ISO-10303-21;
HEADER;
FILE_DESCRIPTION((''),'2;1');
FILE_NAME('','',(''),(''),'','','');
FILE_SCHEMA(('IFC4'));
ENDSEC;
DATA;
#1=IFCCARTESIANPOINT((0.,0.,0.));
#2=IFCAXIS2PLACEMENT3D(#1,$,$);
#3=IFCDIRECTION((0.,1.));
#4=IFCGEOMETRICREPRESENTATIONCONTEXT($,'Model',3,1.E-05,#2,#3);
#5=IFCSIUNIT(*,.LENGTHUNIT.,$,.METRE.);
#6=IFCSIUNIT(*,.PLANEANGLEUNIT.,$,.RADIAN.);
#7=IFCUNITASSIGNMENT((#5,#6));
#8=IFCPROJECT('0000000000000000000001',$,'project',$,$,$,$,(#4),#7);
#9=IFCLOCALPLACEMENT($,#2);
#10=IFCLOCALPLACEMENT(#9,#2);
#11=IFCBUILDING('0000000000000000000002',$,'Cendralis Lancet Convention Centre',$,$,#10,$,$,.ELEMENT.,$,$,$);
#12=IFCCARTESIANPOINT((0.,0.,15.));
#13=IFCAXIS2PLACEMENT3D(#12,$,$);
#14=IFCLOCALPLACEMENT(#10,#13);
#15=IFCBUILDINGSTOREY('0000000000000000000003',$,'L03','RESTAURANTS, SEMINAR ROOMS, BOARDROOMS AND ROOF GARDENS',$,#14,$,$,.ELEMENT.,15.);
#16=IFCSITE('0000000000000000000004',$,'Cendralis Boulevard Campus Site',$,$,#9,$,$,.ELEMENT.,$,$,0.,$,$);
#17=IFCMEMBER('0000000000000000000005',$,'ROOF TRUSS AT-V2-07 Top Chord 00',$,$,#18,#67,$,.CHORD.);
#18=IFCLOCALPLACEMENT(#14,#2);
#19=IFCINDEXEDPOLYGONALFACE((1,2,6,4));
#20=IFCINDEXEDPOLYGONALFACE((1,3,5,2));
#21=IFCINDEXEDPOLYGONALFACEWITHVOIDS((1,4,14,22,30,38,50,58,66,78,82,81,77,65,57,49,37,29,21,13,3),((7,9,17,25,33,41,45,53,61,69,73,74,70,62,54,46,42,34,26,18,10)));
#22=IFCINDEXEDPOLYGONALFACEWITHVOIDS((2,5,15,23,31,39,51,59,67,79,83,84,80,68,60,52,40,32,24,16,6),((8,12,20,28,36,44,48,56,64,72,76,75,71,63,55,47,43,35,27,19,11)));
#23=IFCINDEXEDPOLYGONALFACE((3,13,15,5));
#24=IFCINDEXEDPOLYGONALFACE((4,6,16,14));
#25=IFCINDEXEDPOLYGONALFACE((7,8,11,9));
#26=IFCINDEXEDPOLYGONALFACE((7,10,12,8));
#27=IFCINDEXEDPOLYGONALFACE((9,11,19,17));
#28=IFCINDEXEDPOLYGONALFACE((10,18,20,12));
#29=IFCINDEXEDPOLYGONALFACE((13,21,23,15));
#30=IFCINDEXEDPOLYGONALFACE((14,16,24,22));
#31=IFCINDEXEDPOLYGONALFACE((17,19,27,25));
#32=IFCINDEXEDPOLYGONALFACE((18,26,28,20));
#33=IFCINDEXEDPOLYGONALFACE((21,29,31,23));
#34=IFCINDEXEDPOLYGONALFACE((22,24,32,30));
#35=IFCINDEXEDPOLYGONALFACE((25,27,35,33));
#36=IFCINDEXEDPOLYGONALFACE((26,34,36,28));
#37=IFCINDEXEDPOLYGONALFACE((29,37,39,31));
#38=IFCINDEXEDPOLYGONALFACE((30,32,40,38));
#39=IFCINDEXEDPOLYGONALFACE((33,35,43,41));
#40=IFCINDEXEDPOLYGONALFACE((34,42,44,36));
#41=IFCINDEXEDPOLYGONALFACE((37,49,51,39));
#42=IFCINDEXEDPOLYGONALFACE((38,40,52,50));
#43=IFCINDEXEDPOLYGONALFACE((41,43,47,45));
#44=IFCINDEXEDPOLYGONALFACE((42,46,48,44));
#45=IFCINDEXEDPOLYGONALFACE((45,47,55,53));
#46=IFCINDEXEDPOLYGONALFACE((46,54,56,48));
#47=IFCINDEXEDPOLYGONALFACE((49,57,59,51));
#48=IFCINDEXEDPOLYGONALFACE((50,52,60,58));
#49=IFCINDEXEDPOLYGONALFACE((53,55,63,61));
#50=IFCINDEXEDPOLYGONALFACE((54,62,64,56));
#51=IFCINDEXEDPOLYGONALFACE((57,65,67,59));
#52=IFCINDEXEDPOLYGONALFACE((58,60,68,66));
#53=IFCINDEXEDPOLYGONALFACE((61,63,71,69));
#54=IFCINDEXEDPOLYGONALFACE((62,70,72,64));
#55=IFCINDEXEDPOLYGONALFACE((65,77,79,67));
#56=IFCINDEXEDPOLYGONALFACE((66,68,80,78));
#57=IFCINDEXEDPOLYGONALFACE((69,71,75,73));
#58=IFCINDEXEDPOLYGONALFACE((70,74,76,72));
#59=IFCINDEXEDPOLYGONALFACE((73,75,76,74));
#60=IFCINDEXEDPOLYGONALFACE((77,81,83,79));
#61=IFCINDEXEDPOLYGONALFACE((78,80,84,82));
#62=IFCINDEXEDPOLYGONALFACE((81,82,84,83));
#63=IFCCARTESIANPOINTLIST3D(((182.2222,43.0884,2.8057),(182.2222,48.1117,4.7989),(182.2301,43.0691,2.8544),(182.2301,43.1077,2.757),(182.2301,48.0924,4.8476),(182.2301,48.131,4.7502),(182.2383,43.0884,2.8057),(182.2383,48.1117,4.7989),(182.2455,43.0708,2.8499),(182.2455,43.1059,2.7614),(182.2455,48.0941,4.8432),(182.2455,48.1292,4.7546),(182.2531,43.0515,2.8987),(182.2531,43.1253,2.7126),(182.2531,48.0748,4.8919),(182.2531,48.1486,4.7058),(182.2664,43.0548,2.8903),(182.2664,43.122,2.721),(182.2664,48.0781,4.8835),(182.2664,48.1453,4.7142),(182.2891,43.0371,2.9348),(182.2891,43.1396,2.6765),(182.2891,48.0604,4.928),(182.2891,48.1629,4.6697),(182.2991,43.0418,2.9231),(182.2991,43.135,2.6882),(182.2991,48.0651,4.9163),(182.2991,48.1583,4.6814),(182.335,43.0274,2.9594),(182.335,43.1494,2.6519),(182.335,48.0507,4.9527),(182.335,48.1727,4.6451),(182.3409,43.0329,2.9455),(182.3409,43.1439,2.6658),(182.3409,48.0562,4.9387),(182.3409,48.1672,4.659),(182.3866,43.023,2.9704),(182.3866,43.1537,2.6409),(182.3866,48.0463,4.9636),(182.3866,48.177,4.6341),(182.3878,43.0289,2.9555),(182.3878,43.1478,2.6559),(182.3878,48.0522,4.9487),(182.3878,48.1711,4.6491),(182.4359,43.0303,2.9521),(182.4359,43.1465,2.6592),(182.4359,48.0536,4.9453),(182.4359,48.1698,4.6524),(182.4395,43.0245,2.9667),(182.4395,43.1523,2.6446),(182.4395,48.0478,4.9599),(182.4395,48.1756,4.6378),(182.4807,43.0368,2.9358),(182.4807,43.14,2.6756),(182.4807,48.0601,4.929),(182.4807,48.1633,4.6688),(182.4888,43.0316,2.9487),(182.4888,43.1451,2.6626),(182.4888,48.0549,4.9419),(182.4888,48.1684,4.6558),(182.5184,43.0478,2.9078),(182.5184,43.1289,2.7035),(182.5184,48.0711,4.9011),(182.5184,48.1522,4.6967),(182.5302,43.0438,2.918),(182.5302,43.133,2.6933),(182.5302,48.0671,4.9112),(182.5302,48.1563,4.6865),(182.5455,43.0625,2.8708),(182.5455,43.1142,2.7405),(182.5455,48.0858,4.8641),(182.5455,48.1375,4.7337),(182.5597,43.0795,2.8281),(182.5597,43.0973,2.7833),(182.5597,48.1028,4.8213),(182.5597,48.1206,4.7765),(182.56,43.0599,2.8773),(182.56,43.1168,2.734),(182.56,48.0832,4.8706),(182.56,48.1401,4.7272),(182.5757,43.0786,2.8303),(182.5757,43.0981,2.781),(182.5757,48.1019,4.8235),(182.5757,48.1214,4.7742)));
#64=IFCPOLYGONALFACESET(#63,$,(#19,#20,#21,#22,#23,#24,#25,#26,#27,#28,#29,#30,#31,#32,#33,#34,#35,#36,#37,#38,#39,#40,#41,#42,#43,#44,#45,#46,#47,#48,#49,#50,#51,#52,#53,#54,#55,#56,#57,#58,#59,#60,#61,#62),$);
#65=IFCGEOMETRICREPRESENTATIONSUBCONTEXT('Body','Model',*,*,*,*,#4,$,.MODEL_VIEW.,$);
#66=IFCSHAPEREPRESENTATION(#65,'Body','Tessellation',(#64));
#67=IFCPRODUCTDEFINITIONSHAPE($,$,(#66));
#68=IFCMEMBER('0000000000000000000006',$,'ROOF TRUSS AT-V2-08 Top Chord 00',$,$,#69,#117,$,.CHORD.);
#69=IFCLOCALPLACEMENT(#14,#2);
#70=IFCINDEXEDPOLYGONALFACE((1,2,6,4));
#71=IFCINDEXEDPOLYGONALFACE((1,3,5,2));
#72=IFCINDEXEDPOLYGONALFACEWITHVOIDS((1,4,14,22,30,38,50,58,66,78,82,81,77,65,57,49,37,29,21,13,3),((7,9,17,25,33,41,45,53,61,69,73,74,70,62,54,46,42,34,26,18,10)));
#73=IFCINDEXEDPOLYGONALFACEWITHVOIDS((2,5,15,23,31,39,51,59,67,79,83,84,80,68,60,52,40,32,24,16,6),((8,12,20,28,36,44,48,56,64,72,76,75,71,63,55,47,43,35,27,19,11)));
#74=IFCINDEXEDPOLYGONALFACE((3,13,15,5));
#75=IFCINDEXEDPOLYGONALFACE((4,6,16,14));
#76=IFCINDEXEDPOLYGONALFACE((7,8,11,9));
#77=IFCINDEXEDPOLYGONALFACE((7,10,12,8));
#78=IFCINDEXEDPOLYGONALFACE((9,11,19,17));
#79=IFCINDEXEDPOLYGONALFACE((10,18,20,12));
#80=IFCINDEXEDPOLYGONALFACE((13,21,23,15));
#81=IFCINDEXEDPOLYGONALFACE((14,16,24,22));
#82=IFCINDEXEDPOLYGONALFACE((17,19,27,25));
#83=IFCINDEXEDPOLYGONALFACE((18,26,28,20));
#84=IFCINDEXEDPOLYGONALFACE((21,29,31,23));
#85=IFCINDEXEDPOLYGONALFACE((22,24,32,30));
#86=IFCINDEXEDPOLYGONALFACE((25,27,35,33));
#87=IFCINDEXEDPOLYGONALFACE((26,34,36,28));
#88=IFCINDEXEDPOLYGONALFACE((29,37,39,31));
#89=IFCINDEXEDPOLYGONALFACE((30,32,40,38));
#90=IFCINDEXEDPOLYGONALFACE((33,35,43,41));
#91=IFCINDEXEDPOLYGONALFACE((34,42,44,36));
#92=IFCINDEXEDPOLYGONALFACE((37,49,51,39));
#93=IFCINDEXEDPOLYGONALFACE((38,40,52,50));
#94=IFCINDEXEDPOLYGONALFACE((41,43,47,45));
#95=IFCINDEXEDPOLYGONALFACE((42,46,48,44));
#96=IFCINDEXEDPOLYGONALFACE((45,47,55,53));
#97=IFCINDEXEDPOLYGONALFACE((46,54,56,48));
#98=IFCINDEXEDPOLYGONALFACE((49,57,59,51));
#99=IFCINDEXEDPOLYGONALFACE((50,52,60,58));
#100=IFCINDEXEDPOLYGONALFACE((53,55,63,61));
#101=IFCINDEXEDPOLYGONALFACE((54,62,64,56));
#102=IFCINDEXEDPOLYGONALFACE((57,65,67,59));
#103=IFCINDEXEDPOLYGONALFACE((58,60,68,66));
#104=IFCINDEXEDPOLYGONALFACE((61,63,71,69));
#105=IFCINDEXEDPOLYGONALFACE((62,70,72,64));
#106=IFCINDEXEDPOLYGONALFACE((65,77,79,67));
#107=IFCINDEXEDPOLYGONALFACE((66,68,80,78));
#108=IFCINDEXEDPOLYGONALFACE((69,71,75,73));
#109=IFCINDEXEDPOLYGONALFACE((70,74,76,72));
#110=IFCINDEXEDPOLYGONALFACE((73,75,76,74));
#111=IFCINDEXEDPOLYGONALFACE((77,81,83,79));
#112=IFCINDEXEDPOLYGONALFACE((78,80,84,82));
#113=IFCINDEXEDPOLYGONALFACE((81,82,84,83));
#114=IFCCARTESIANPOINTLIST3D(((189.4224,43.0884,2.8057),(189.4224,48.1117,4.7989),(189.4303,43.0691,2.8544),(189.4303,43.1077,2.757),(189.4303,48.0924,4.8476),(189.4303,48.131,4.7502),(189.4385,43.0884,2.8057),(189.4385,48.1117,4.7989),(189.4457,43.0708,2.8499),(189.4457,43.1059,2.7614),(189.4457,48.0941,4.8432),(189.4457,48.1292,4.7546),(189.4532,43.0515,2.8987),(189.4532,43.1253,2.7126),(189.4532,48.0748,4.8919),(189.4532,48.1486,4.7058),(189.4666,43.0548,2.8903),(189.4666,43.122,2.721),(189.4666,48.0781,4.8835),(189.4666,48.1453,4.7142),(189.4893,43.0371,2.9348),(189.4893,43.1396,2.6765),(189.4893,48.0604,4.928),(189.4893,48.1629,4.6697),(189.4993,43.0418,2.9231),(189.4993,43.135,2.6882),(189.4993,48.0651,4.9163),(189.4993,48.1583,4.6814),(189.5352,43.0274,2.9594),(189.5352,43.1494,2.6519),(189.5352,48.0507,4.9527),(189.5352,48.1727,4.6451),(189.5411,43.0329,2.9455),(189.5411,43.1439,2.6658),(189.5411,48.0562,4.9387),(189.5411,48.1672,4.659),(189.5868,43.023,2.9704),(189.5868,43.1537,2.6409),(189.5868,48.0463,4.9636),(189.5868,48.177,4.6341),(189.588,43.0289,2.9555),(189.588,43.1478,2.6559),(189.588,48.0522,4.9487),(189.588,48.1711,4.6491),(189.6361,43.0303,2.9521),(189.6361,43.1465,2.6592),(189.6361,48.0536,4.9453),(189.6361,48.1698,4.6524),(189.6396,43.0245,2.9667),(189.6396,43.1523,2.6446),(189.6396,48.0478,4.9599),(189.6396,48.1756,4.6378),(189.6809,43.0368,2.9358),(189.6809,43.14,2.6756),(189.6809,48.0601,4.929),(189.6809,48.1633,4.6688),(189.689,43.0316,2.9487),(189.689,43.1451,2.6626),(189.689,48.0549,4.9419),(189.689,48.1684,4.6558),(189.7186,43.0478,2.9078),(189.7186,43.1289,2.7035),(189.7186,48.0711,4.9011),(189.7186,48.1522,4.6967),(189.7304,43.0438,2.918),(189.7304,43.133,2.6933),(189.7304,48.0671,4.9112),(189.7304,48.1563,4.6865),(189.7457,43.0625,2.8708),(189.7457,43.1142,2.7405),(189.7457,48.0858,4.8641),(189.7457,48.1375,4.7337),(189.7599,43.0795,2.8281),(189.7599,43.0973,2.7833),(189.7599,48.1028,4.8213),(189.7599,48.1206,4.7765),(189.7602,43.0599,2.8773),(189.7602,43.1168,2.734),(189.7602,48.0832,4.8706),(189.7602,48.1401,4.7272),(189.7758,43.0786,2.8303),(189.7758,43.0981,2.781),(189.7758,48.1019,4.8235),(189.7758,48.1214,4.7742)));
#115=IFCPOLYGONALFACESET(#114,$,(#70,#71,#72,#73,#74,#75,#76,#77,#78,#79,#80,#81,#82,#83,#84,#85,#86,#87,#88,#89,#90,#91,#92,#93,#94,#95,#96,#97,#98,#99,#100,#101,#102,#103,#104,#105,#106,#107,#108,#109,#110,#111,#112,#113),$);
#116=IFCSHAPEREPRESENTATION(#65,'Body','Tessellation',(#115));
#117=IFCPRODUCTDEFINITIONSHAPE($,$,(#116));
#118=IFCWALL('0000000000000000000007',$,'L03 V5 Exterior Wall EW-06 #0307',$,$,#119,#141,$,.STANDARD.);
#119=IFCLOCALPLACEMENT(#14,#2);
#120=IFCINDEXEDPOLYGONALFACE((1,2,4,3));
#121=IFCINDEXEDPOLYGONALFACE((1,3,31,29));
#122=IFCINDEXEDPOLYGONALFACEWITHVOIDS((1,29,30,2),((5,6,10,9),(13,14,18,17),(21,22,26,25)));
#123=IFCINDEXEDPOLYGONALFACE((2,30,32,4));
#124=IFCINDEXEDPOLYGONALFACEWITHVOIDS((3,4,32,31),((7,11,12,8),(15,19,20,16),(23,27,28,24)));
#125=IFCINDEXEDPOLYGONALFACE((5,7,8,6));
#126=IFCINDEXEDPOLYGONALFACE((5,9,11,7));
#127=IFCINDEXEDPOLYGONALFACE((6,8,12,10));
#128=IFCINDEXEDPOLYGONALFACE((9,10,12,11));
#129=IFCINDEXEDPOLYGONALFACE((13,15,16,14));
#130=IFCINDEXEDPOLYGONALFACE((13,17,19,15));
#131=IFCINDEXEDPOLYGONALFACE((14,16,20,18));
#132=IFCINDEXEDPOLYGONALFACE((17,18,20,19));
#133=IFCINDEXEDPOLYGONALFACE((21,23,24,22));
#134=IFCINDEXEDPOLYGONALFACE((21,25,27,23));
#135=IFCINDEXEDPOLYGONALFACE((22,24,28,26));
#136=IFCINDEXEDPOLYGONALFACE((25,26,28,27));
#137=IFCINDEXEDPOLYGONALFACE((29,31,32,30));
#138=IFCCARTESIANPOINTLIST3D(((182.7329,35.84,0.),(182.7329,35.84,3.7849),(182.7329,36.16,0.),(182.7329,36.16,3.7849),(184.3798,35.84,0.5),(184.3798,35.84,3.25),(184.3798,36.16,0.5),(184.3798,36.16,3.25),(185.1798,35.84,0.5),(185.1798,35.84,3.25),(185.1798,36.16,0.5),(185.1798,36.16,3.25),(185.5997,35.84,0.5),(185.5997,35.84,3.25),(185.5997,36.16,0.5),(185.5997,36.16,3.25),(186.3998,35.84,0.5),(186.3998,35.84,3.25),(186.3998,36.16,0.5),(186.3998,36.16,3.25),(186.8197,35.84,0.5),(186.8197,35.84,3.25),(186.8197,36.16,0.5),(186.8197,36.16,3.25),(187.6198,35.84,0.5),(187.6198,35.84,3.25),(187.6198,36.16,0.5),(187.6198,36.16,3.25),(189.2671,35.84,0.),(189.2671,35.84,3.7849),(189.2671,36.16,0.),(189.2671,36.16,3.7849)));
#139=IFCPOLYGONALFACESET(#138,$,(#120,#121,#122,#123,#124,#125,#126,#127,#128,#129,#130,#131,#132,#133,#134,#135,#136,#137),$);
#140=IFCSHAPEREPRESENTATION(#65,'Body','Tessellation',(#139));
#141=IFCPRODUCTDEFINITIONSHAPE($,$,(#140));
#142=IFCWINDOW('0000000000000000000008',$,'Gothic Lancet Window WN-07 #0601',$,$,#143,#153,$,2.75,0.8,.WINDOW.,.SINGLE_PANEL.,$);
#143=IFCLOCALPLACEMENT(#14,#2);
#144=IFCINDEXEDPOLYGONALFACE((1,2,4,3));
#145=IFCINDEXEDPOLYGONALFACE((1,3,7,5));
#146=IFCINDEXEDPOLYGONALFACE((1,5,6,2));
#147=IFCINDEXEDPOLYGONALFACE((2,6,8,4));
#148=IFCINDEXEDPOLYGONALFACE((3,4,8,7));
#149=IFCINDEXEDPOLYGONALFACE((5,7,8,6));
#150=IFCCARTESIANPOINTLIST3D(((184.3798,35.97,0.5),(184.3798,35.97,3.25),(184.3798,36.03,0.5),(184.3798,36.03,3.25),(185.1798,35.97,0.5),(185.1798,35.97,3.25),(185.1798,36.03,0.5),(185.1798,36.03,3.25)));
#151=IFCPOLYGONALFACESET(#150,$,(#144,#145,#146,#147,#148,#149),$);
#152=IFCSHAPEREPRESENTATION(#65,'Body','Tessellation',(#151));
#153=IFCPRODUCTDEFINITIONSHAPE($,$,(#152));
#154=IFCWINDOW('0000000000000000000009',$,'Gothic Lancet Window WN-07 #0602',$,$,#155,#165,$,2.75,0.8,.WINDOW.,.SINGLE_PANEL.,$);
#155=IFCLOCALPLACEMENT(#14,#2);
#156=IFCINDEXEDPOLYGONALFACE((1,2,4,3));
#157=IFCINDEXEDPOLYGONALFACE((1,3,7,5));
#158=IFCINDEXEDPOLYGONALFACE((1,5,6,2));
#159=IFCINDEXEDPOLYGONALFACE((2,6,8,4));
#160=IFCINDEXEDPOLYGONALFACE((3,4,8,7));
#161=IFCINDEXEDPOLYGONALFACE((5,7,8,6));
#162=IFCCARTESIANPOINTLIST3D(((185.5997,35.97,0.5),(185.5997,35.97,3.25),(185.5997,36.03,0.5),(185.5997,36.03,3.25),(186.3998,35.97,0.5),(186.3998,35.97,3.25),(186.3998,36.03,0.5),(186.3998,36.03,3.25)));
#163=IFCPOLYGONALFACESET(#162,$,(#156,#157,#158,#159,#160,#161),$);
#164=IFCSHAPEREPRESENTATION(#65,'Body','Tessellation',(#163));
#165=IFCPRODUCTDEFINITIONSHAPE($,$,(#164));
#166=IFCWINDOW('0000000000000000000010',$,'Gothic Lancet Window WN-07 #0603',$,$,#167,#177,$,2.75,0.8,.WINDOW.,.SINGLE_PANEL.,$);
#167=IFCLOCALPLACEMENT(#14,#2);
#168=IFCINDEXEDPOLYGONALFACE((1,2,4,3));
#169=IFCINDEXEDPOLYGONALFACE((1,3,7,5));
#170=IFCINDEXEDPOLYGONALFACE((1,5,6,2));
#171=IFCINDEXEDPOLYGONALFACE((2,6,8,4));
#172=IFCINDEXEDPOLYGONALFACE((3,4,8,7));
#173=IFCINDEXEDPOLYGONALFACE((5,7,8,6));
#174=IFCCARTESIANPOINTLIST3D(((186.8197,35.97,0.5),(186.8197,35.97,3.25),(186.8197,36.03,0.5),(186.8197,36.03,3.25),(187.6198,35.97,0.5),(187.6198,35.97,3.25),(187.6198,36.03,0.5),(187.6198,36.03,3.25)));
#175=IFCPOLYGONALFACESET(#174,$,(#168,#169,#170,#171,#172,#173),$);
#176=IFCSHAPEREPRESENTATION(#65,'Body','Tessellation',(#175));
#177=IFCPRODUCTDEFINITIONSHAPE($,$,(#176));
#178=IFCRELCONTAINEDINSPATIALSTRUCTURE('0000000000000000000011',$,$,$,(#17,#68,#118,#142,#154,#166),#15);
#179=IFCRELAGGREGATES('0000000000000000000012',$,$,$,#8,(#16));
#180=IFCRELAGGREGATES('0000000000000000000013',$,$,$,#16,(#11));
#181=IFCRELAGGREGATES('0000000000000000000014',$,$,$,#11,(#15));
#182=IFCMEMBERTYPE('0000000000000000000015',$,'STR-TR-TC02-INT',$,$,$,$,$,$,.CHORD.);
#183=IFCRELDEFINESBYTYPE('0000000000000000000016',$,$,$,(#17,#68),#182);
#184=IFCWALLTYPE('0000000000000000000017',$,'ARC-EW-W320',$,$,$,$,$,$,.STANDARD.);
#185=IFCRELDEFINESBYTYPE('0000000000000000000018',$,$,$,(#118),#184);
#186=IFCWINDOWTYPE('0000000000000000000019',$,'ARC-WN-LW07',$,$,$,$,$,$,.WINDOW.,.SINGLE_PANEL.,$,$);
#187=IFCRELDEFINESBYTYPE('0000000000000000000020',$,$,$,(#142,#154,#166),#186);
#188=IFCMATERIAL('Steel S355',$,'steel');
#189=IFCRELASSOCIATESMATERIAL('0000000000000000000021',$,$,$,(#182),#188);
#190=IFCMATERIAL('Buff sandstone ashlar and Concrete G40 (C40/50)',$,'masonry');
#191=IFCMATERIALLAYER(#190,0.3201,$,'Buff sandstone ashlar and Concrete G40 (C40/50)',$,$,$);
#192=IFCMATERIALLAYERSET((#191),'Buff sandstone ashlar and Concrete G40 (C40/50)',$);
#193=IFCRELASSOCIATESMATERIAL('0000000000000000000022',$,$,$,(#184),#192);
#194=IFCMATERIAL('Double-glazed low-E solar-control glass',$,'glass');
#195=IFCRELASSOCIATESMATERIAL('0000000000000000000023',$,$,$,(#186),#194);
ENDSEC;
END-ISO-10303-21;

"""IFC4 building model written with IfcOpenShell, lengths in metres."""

from ifc_helpers import new_model, si_unit, direction, frame, frame_2d, origin, origin_2d, place, context, subcontext, project, spatial, rectangle, hollow_circle, extrude, material, layer, layer_set, material_profile, profile_set, type_object, element, fill, save


model = new_model("IFC4")

# Units and contexts
model_context = context("Model", 3, precision=1e-05, world=origin(), true_north=direction((0.0, 1.0)))
body_context = subcontext(model_context, "Body", "Model", "MODEL_VIEW")
ifc_project = project(units=[si_unit("LENGTHUNIT", "METRE"), si_unit("PLANEANGLEUNIT", "RADIAN")], contexts=[model_context])

# Site, building, storey
site_placement = place(None, origin())
site = spatial("IfcSite", under=ifc_project, at=site_placement, Name="Cendralis Boulevard Campus Site", CompositionType="ELEMENT", RefElevation=0.0)
building_placement = place(site_placement, origin())
building = spatial("IfcBuilding", under=site, at=building_placement, Name="Cendralis Lancet Convention Centre", CompositionType="ELEMENT")
storey_placement = place(building_placement, frame((0.0, 0.0, 15.0)))
storey = spatial("IfcBuildingStorey", under=building, at=storey_placement, Name="L03", Description="RESTAURANTS, SEMINAR ROOMS, BOARDROOMS AND ROOF GARDENS", CompositionType="ELEMENT", Elevation=15.0)

# Members
ifc_material_1 = material(Name="Steel S355", Category="steel")
ifc_material_profile_1 = material_profile(ifc_material_1, hollow_circle(Radius=0.1777, WallThickness=0.0161, at=origin_2d()), Name="CHS 355.6x16.0")
ifc_profile_set_1 = profile_set([ifc_material_profile_1], Name="Steel S355")
member_type_1 = type_object("IfcMemberType", Name="STR-TR-TC02-INT", PredefinedType="CHORD", material=ifc_profile_set_1)
for number, where, z_axis, x_axis, name in (
    (1, (182.3999, 43.0884, 2.8057), (0.0, 0.929501, 0.368819), (-1.0, 0.0, 0.0), "ROOF TRUSS AT-V2-07 Top Chord 00"),
    (2, (189.6001, 43.0884, 2.8057), (0.0, 0.929501, 0.368819), (-1.0, 0.0, 0.0), "ROOF TRUSS AT-V2-08 Top Chord 00"),
):
    element("IfcMember", number, at=place(storey_placement, frame(where, z_axis=z_axis, x_axis=x_axis)), inside=storey, type_object=member_type_1, Name=name, PredefinedType="CHORD", context=body_context, shape_type="SweptSolid", body=[
        extrude(hollow_circle(Radius=0.1777, WallThickness=0.0161, at=origin_2d()), origin(), (0.0, 0.0, 1.0), 5.4043),
    ])

# Wall, openings, windows
ifc_material_2 = material(Name="Buff sandstone ashlar and Concrete G40 (C40/50)", Category="masonry")
ifc_layer_1 = layer(ifc_material_2, 0.3201, Name="Buff sandstone ashlar and Concrete G40 (C40/50)")
ifc_layer_set_1 = layer_set([ifc_layer_1], Name="Buff sandstone ashlar and Concrete G40 (C40/50)")
wall_type_1 = type_object("IfcWallType", Name="ARC-EW-W320", PredefinedType="STANDARD", material=ifc_layer_set_1)
wall_1_placement = place(storey_placement, frame((182.7329, 36.0, 0.0), z_axis=(0.0, 0.0, 1.0), x_axis=(1.0, 0.0, 0.0)))
wall_1 = element("IfcWall", 3, at=wall_1_placement, inside=storey, type_object=wall_type_1, Name="L03 V5 Exterior Wall EW-06 #0307", PredefinedType="STANDARD", context=body_context, shape_type="SweptSolid", body=[
    extrude(rectangle(XDim=6.5342, YDim=0.3201, at=frame_2d((3.2671, 0.0))), origin(), (0.0, 0.0, 1.0), 3.7849),
])
opening_1_placement = place(wall_1_placement, frame((1.647, 0.0, 0.5)))
opening_1 = element("IfcOpeningElement", 4, at=opening_1_placement, cuts=wall_1, PredefinedType="OPENING", context=body_context, shape_type="SweptSolid", body=[
    extrude(rectangle(XDim=0.8, YDim=2.75, at=frame_2d((0.3999, 1.375))), frame((0.0, 0.1699, 0.0), z_axis=(0.0, -1.0, 0.0), x_axis=(1.0, 0.0, 0.0)), (0.0, 0.0, 1.0), 0.3401),
])
opening_2_placement = place(wall_1_placement, frame((2.8669, 0.0, 0.5)))
opening_2 = element("IfcOpeningElement", 5, at=opening_2_placement, cuts=wall_1, PredefinedType="OPENING", context=body_context, shape_type="SweptSolid", body=[
    extrude(rectangle(XDim=0.8, YDim=2.75, at=frame_2d((0.3999, 1.375))), frame((0.0, 0.1699, 0.0), z_axis=(0.0, -1.0, 0.0), x_axis=(1.0, 0.0, 0.0)), (0.0, 0.0, 1.0), 0.3401),
])
opening_3_placement = place(wall_1_placement, frame((4.0869, 0.0, 0.5)))
opening_3 = element("IfcOpeningElement", 6, at=opening_3_placement, cuts=wall_1, PredefinedType="OPENING", context=body_context, shape_type="SweptSolid", body=[
    extrude(rectangle(XDim=0.8, YDim=2.75, at=frame_2d((0.3999, 1.375))), frame((0.0, 0.1699, 0.0), z_axis=(0.0, -1.0, 0.0), x_axis=(1.0, 0.0, 0.0)), (0.0, 0.0, 1.0), 0.3401),
])
ifc_material_3 = material(Name="Double-glazed low-E solar-control glass", Category="glass")
window_type = type_object("IfcWindowType", Name="ARC-WN-LW07", PartitioningType="SINGLE_PANEL", PredefinedType="WINDOW", material=ifc_material_3)
window_1_placement = place(opening_1_placement, origin())
window_1 = element("IfcWindow", 7, at=window_1_placement, inside=storey, type_object=window_type, Name="Gothic Lancet Window WN-07 #0601", OverallHeight=2.75, OverallWidth=0.8, PartitioningType="SINGLE_PANEL", PredefinedType="WINDOW", context=body_context, shape_type="SweptSolid", body=[
    extrude(rectangle(XDim=0.8, YDim=2.75, at=frame_2d((0.3999, 1.375))), frame((0.0, 0.03, 0.0), z_axis=(0.0, -1.0, 0.0), x_axis=(1.0, 0.0, 0.0)), (0.0, 0.0, 1.0), 0.0601),
])
fill(opening_1, window_1)
window_2_placement = place(opening_2_placement, origin())
window_2 = element("IfcWindow", 8, at=window_2_placement, inside=storey, type_object=window_type, Name="Gothic Lancet Window WN-07 #0602", OverallHeight=2.75, OverallWidth=0.8, PartitioningType="SINGLE_PANEL", PredefinedType="WINDOW", context=body_context, shape_type="SweptSolid", body=[
    extrude(rectangle(XDim=0.8, YDim=2.75, at=frame_2d((0.3999, 1.375))), frame((0.0, 0.03, 0.0), z_axis=(0.0, -1.0, 0.0), x_axis=(1.0, 0.0, 0.0)), (0.0, 0.0, 1.0), 0.0601),
])
fill(opening_2, window_2)
window_3_placement = place(opening_3_placement, origin())
window_3 = element("IfcWindow", 9, at=window_3_placement, inside=storey, type_object=window_type, Name="Gothic Lancet Window WN-07 #0603", OverallHeight=2.75, OverallWidth=0.8, PartitioningType="SINGLE_PANEL", PredefinedType="WINDOW", context=body_context, shape_type="SweptSolid", body=[
    extrude(rectangle(XDim=0.8, YDim=2.75, at=frame_2d((0.3999, 1.375))), frame((0.0, 0.03, 0.0), z_axis=(0.0, -1.0, 0.0), x_axis=(1.0, 0.0, 0.0)), (0.0, 0.0, 1.0), 0.0601),
])
fill(opening_3, window_3)

save(model, "model.ifc")
